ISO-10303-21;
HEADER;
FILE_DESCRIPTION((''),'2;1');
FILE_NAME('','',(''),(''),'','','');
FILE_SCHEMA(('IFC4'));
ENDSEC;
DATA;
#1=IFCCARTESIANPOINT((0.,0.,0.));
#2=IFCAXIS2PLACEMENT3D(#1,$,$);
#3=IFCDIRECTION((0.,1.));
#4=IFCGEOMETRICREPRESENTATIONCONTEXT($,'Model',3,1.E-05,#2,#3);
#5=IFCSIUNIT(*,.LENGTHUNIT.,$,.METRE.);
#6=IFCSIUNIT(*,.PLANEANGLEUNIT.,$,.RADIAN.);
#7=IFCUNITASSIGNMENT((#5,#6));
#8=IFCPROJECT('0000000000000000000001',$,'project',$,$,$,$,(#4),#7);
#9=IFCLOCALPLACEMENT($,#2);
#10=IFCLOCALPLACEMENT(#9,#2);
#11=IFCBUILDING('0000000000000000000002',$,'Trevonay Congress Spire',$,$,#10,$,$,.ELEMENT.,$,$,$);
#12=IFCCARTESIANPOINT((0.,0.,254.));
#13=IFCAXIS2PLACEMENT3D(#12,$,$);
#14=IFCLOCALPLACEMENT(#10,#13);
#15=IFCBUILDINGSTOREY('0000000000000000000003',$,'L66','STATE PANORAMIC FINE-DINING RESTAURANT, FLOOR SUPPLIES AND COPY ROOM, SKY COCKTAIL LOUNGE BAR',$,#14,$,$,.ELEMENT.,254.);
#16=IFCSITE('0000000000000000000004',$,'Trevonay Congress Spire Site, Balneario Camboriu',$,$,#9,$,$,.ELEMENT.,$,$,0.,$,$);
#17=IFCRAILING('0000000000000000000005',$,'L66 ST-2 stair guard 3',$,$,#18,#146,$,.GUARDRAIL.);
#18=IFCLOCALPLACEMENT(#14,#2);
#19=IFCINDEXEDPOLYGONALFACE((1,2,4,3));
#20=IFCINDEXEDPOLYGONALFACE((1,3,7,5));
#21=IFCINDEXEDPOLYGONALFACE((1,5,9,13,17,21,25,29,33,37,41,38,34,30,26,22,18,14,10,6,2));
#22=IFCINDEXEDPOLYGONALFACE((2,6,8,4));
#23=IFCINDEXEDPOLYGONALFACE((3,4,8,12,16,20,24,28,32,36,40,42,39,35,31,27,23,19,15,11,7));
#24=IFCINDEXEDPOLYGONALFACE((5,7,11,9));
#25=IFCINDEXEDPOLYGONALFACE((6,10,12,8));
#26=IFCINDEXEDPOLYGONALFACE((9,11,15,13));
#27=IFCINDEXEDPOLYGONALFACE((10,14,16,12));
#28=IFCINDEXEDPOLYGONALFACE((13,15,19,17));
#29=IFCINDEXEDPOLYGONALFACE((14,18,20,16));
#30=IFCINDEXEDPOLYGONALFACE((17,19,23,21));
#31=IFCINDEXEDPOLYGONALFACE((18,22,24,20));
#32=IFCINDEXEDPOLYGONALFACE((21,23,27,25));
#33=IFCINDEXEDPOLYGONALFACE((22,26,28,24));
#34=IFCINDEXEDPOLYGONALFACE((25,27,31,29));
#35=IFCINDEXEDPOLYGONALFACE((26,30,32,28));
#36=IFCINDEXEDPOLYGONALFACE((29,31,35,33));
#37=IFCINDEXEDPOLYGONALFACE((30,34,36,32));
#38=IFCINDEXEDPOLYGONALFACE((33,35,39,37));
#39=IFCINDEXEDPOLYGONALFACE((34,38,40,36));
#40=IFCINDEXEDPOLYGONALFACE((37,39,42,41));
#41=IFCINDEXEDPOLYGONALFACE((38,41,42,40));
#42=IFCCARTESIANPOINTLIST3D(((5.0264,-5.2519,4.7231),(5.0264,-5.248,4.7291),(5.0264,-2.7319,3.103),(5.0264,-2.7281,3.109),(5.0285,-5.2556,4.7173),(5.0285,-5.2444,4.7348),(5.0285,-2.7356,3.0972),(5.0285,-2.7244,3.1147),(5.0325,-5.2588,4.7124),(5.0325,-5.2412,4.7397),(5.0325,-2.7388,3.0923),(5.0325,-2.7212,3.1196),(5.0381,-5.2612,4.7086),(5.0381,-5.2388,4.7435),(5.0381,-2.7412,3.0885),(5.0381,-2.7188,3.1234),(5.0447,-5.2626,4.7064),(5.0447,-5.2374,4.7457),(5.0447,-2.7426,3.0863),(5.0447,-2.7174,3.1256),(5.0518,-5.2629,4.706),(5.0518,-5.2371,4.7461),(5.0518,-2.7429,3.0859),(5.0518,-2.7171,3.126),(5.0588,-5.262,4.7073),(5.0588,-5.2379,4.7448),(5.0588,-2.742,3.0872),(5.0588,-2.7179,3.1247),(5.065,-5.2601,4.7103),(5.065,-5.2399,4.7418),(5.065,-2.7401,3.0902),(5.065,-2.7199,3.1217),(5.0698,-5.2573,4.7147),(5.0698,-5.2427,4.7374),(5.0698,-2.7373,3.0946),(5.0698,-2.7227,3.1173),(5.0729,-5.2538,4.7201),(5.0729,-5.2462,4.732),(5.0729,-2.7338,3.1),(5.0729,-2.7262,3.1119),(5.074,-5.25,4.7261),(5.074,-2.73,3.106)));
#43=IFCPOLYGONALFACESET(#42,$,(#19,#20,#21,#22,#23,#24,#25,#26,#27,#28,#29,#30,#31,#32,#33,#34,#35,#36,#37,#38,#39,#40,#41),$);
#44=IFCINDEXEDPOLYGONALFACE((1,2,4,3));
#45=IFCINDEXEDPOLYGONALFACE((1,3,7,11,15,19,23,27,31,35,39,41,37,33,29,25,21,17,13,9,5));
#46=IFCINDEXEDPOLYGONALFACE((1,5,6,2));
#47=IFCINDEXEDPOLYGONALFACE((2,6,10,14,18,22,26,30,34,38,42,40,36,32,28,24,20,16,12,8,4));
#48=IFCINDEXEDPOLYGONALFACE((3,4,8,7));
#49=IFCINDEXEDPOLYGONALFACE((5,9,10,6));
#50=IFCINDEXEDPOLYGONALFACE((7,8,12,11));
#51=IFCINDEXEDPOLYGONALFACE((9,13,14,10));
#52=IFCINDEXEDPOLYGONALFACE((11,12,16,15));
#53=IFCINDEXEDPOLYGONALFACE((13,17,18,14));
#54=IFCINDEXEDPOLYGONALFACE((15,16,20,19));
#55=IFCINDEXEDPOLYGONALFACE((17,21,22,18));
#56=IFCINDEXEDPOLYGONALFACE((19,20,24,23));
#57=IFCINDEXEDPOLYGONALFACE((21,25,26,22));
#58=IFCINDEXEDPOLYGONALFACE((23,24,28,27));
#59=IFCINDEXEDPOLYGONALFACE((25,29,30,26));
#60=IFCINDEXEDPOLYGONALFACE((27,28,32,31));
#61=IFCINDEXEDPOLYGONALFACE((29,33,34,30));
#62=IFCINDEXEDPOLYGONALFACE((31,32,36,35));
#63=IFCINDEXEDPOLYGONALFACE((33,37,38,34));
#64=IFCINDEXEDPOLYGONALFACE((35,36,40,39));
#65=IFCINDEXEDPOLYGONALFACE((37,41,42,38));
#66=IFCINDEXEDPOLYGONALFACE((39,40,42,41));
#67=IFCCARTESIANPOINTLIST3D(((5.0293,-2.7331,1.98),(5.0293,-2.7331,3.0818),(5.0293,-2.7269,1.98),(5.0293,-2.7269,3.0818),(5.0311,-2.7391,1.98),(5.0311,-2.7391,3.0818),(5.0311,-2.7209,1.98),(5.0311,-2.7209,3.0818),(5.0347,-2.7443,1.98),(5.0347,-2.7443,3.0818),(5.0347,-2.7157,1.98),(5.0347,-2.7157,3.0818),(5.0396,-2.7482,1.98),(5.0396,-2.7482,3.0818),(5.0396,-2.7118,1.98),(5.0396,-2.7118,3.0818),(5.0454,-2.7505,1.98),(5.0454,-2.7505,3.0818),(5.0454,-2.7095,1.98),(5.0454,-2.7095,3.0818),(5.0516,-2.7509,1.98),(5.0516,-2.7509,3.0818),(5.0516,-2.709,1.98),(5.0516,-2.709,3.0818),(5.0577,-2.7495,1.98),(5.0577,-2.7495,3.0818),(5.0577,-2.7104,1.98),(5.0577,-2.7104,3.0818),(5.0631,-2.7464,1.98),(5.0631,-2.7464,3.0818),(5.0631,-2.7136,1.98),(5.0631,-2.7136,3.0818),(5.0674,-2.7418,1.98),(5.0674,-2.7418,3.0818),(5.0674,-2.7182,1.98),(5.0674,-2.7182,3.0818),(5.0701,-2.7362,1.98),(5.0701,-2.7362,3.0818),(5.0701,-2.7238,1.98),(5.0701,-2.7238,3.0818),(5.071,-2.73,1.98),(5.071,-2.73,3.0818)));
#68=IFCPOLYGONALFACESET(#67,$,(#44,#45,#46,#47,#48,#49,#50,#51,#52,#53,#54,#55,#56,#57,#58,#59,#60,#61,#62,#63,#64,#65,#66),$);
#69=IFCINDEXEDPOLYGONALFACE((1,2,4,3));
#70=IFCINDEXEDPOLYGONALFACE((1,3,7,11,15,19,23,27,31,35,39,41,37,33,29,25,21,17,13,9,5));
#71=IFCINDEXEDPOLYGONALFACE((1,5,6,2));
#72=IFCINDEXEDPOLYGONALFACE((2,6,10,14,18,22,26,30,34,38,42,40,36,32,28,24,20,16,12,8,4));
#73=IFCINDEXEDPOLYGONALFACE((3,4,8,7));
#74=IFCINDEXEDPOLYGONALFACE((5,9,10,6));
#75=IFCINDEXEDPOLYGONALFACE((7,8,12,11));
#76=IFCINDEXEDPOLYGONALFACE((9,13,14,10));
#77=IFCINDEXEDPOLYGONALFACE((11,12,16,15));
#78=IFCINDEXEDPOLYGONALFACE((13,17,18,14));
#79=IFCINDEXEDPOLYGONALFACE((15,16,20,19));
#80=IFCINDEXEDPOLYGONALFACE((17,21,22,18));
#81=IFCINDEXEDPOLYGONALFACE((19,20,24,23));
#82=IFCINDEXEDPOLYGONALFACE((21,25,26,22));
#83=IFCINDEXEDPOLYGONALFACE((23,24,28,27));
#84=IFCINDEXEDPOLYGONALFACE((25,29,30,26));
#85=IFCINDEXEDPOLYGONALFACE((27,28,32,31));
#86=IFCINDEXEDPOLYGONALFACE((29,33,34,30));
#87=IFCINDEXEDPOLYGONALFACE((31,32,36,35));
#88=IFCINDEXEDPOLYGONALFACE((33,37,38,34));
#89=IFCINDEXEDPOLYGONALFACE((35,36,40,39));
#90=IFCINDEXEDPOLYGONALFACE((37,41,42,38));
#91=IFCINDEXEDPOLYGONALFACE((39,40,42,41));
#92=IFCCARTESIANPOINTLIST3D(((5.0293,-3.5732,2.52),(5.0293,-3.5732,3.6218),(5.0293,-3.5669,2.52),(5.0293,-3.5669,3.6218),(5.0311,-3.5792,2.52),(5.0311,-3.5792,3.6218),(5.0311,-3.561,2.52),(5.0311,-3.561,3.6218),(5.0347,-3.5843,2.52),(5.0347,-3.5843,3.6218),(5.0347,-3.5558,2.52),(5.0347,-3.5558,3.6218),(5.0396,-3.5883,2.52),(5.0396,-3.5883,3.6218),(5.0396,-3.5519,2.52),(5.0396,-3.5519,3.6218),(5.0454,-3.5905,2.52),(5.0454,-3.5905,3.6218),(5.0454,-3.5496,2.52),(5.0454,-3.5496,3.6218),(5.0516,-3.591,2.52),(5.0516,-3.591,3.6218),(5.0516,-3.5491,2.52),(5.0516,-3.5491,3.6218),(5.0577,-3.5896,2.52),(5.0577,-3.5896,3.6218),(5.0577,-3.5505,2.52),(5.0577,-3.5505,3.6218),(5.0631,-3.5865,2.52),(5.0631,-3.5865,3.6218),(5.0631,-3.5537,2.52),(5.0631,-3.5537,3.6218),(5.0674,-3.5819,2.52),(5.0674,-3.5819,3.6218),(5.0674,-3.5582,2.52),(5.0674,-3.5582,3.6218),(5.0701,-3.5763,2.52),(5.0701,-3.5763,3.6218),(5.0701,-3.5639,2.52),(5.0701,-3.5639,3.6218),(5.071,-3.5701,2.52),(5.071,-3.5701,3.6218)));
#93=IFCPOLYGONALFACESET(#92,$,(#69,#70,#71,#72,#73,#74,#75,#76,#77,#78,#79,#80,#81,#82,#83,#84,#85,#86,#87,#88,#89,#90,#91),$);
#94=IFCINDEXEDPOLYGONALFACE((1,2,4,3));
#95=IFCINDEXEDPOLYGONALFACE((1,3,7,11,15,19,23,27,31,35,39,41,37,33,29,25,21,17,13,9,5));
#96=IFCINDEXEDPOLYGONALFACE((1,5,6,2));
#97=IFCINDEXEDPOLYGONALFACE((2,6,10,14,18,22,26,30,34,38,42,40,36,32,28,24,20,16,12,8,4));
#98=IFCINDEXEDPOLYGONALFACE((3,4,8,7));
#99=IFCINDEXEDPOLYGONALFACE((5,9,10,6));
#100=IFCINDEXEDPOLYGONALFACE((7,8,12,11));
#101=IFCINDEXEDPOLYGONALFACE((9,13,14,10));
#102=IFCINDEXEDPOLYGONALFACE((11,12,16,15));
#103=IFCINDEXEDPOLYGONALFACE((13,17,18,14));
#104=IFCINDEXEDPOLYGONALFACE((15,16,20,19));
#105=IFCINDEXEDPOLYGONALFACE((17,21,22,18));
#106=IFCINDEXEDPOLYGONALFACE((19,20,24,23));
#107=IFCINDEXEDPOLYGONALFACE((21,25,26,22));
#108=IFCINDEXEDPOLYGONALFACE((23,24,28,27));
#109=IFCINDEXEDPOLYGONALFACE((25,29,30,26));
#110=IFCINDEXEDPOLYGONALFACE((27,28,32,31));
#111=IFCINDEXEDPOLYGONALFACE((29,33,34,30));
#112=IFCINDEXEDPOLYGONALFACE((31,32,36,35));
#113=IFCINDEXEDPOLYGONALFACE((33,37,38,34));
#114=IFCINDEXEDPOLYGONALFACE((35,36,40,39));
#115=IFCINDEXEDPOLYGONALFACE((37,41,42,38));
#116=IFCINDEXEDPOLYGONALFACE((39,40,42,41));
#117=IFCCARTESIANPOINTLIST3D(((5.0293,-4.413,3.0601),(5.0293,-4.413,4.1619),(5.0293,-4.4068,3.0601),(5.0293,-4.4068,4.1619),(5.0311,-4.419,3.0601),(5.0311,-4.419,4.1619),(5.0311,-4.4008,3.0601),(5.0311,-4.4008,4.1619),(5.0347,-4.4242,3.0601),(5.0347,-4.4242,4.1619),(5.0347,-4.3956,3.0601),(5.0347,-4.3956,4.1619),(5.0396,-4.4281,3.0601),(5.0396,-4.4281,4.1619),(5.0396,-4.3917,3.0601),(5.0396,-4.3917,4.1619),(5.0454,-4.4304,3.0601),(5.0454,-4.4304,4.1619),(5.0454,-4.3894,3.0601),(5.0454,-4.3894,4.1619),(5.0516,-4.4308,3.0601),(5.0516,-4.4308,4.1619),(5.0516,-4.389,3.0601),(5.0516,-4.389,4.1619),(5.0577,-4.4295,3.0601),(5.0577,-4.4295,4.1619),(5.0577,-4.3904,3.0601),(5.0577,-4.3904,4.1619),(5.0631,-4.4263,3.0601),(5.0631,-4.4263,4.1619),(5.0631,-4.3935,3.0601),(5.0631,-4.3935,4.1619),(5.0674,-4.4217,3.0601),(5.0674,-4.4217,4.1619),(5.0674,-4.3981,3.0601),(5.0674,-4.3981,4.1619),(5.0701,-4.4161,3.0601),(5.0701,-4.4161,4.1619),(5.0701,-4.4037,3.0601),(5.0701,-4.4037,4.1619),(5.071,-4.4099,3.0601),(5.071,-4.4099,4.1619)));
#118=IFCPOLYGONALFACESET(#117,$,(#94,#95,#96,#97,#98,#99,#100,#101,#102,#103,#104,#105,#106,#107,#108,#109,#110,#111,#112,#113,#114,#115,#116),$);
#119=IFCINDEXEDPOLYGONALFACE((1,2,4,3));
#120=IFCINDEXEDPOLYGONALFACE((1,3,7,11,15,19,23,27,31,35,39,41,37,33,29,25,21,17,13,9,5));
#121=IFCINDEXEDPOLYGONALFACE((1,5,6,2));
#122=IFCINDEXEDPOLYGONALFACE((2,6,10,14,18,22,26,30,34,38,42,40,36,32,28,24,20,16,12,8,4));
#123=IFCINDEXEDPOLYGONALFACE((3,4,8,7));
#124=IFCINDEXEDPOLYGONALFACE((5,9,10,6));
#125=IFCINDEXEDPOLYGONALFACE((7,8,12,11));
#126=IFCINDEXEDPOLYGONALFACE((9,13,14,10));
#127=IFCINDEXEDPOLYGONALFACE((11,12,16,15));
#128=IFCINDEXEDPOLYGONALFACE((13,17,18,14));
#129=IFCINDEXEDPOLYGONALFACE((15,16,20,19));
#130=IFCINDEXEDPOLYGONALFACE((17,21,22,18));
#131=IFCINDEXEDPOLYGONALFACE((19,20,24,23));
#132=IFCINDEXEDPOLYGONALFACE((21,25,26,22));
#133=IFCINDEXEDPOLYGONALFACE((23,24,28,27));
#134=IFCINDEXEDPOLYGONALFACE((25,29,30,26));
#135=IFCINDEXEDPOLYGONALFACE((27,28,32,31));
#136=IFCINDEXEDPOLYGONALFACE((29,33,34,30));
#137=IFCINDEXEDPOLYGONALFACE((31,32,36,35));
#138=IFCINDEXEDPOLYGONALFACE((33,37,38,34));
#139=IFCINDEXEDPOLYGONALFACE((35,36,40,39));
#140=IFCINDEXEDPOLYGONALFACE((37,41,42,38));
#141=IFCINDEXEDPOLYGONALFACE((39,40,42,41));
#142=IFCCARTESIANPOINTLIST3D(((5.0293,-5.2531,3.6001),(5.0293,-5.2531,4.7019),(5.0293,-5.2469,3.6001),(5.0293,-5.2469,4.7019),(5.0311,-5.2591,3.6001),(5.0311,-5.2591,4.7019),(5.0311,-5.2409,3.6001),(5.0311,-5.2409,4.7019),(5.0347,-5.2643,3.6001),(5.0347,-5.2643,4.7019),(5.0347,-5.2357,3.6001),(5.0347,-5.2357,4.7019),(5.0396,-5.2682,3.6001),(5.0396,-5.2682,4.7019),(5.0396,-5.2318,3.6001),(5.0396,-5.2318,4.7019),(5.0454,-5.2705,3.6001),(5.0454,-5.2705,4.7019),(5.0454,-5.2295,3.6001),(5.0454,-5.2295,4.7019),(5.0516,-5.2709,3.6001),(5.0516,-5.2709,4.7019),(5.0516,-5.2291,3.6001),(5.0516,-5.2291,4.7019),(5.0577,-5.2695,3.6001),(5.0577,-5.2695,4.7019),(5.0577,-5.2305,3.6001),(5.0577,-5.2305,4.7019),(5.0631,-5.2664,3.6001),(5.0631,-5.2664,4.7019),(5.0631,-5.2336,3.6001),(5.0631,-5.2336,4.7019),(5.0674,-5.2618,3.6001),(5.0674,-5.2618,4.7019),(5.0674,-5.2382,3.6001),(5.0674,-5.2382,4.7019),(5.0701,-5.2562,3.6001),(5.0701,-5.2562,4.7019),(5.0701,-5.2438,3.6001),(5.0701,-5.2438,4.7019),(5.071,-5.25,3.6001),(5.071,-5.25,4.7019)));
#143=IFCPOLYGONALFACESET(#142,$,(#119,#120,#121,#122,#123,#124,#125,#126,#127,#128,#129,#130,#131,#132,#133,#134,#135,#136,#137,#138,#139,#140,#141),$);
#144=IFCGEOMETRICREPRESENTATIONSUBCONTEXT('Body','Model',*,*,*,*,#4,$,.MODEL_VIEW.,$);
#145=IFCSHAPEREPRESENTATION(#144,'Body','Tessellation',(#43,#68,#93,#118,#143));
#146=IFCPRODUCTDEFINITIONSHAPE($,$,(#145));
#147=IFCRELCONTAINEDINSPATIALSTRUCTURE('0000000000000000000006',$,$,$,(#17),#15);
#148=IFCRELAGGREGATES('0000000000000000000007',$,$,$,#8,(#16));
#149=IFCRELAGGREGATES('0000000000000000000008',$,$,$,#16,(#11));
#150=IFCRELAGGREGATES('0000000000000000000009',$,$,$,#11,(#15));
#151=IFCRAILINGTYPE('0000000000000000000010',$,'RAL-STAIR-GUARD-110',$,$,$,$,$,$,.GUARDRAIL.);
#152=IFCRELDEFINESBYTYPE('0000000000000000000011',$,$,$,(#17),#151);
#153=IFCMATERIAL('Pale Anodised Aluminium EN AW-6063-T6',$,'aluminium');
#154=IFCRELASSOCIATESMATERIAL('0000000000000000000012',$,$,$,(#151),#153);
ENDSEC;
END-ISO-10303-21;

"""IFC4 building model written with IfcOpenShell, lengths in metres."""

from ifc_helpers import new_model, si_unit, direction, frame, origin, origin_2d, place, context, subcontext, project, spatial, circle, extrude, material, type_object, element, save


model = new_model("IFC4")

# Units and contexts
model_context = context("Model", 3, precision=1e-05, world=origin(), true_north=direction((0.0, 1.0)))
body_context = subcontext(model_context, "Body", "Model", "MODEL_VIEW")
ifc_project = project(units=[si_unit("LENGTHUNIT", "METRE"), si_unit("PLANEANGLEUNIT", "RADIAN")], contexts=[model_context])

# Site, building, storey
site_placement = place(None, origin())
site = spatial("IfcSite", under=ifc_project, at=site_placement, Name="Trevonay Congress Spire Site, Balneario Camboriu", CompositionType="ELEMENT", RefElevation=0.0)
building_placement = place(site_placement, origin())
building = spatial("IfcBuilding", under=site, at=building_placement, Name="Trevonay Congress Spire", CompositionType="ELEMENT")
storey_placement = place(building_placement, frame((0.0, 0.0, 254.0)))
storey = spatial("IfcBuildingStorey", under=building, at=storey_placement, Name="L66", Description="STATE PANORAMIC FINE-DINING RESTAURANT, FLOOR SUPPLIES AND COPY ROOM, SKY COCKTAIL LOUNGE BAR", CompositionType="ELEMENT", Elevation=254.0)

# Shared definitions
ifc_material_1 = material(Name="Pale Anodised Aluminium EN AW-6063-T6", Category="aluminium")

# Railing
railing_type_1 = type_object("IfcRailingType", Name="RAL-STAIR-GUARD-110", PredefinedType="GUARDRAIL", material=ifc_material_1)
railing_1_placement = place(storey_placement, frame((5.05, -2.73, 1.98)))
element("IfcRailing", 1, at=railing_1_placement, inside=storey, type_object=railing_type_1, Name="L66 ST-2 stair guard 3", PredefinedType="GUARDRAIL", context=body_context, shape_type="SweptSolid", body=[
    extrude(circle(Radius=0.0239, at=origin_2d()), frame((0.0, 0.0, 1.126), z_axis=(0.0, -0.841163, 0.540782), x_axis=(1.0, 0.0, 0.0)), (0.0, 0.0, 1.0), 2.9958),
    extrude(circle(Radius=0.021, at=origin_2d()), origin(), (0.0, 0.0, 1.0), 1.1018),
    extrude(circle(Radius=0.021, at=origin_2d()), frame((0.0, -0.8401, 0.54)), (0.0, 0.0, 1.0), 1.1018),
    extrude(circle(Radius=0.021, at=origin_2d()), frame((0.0, -1.6799, 1.0801)), (0.0, 0.0, 1.0), 1.1018),
    extrude(circle(Radius=0.021, at=origin_2d()), frame((0.0, -2.52, 1.6201)), (0.0, 0.0, 1.0), 1.1018),
])

save(model, "model.ifc")
